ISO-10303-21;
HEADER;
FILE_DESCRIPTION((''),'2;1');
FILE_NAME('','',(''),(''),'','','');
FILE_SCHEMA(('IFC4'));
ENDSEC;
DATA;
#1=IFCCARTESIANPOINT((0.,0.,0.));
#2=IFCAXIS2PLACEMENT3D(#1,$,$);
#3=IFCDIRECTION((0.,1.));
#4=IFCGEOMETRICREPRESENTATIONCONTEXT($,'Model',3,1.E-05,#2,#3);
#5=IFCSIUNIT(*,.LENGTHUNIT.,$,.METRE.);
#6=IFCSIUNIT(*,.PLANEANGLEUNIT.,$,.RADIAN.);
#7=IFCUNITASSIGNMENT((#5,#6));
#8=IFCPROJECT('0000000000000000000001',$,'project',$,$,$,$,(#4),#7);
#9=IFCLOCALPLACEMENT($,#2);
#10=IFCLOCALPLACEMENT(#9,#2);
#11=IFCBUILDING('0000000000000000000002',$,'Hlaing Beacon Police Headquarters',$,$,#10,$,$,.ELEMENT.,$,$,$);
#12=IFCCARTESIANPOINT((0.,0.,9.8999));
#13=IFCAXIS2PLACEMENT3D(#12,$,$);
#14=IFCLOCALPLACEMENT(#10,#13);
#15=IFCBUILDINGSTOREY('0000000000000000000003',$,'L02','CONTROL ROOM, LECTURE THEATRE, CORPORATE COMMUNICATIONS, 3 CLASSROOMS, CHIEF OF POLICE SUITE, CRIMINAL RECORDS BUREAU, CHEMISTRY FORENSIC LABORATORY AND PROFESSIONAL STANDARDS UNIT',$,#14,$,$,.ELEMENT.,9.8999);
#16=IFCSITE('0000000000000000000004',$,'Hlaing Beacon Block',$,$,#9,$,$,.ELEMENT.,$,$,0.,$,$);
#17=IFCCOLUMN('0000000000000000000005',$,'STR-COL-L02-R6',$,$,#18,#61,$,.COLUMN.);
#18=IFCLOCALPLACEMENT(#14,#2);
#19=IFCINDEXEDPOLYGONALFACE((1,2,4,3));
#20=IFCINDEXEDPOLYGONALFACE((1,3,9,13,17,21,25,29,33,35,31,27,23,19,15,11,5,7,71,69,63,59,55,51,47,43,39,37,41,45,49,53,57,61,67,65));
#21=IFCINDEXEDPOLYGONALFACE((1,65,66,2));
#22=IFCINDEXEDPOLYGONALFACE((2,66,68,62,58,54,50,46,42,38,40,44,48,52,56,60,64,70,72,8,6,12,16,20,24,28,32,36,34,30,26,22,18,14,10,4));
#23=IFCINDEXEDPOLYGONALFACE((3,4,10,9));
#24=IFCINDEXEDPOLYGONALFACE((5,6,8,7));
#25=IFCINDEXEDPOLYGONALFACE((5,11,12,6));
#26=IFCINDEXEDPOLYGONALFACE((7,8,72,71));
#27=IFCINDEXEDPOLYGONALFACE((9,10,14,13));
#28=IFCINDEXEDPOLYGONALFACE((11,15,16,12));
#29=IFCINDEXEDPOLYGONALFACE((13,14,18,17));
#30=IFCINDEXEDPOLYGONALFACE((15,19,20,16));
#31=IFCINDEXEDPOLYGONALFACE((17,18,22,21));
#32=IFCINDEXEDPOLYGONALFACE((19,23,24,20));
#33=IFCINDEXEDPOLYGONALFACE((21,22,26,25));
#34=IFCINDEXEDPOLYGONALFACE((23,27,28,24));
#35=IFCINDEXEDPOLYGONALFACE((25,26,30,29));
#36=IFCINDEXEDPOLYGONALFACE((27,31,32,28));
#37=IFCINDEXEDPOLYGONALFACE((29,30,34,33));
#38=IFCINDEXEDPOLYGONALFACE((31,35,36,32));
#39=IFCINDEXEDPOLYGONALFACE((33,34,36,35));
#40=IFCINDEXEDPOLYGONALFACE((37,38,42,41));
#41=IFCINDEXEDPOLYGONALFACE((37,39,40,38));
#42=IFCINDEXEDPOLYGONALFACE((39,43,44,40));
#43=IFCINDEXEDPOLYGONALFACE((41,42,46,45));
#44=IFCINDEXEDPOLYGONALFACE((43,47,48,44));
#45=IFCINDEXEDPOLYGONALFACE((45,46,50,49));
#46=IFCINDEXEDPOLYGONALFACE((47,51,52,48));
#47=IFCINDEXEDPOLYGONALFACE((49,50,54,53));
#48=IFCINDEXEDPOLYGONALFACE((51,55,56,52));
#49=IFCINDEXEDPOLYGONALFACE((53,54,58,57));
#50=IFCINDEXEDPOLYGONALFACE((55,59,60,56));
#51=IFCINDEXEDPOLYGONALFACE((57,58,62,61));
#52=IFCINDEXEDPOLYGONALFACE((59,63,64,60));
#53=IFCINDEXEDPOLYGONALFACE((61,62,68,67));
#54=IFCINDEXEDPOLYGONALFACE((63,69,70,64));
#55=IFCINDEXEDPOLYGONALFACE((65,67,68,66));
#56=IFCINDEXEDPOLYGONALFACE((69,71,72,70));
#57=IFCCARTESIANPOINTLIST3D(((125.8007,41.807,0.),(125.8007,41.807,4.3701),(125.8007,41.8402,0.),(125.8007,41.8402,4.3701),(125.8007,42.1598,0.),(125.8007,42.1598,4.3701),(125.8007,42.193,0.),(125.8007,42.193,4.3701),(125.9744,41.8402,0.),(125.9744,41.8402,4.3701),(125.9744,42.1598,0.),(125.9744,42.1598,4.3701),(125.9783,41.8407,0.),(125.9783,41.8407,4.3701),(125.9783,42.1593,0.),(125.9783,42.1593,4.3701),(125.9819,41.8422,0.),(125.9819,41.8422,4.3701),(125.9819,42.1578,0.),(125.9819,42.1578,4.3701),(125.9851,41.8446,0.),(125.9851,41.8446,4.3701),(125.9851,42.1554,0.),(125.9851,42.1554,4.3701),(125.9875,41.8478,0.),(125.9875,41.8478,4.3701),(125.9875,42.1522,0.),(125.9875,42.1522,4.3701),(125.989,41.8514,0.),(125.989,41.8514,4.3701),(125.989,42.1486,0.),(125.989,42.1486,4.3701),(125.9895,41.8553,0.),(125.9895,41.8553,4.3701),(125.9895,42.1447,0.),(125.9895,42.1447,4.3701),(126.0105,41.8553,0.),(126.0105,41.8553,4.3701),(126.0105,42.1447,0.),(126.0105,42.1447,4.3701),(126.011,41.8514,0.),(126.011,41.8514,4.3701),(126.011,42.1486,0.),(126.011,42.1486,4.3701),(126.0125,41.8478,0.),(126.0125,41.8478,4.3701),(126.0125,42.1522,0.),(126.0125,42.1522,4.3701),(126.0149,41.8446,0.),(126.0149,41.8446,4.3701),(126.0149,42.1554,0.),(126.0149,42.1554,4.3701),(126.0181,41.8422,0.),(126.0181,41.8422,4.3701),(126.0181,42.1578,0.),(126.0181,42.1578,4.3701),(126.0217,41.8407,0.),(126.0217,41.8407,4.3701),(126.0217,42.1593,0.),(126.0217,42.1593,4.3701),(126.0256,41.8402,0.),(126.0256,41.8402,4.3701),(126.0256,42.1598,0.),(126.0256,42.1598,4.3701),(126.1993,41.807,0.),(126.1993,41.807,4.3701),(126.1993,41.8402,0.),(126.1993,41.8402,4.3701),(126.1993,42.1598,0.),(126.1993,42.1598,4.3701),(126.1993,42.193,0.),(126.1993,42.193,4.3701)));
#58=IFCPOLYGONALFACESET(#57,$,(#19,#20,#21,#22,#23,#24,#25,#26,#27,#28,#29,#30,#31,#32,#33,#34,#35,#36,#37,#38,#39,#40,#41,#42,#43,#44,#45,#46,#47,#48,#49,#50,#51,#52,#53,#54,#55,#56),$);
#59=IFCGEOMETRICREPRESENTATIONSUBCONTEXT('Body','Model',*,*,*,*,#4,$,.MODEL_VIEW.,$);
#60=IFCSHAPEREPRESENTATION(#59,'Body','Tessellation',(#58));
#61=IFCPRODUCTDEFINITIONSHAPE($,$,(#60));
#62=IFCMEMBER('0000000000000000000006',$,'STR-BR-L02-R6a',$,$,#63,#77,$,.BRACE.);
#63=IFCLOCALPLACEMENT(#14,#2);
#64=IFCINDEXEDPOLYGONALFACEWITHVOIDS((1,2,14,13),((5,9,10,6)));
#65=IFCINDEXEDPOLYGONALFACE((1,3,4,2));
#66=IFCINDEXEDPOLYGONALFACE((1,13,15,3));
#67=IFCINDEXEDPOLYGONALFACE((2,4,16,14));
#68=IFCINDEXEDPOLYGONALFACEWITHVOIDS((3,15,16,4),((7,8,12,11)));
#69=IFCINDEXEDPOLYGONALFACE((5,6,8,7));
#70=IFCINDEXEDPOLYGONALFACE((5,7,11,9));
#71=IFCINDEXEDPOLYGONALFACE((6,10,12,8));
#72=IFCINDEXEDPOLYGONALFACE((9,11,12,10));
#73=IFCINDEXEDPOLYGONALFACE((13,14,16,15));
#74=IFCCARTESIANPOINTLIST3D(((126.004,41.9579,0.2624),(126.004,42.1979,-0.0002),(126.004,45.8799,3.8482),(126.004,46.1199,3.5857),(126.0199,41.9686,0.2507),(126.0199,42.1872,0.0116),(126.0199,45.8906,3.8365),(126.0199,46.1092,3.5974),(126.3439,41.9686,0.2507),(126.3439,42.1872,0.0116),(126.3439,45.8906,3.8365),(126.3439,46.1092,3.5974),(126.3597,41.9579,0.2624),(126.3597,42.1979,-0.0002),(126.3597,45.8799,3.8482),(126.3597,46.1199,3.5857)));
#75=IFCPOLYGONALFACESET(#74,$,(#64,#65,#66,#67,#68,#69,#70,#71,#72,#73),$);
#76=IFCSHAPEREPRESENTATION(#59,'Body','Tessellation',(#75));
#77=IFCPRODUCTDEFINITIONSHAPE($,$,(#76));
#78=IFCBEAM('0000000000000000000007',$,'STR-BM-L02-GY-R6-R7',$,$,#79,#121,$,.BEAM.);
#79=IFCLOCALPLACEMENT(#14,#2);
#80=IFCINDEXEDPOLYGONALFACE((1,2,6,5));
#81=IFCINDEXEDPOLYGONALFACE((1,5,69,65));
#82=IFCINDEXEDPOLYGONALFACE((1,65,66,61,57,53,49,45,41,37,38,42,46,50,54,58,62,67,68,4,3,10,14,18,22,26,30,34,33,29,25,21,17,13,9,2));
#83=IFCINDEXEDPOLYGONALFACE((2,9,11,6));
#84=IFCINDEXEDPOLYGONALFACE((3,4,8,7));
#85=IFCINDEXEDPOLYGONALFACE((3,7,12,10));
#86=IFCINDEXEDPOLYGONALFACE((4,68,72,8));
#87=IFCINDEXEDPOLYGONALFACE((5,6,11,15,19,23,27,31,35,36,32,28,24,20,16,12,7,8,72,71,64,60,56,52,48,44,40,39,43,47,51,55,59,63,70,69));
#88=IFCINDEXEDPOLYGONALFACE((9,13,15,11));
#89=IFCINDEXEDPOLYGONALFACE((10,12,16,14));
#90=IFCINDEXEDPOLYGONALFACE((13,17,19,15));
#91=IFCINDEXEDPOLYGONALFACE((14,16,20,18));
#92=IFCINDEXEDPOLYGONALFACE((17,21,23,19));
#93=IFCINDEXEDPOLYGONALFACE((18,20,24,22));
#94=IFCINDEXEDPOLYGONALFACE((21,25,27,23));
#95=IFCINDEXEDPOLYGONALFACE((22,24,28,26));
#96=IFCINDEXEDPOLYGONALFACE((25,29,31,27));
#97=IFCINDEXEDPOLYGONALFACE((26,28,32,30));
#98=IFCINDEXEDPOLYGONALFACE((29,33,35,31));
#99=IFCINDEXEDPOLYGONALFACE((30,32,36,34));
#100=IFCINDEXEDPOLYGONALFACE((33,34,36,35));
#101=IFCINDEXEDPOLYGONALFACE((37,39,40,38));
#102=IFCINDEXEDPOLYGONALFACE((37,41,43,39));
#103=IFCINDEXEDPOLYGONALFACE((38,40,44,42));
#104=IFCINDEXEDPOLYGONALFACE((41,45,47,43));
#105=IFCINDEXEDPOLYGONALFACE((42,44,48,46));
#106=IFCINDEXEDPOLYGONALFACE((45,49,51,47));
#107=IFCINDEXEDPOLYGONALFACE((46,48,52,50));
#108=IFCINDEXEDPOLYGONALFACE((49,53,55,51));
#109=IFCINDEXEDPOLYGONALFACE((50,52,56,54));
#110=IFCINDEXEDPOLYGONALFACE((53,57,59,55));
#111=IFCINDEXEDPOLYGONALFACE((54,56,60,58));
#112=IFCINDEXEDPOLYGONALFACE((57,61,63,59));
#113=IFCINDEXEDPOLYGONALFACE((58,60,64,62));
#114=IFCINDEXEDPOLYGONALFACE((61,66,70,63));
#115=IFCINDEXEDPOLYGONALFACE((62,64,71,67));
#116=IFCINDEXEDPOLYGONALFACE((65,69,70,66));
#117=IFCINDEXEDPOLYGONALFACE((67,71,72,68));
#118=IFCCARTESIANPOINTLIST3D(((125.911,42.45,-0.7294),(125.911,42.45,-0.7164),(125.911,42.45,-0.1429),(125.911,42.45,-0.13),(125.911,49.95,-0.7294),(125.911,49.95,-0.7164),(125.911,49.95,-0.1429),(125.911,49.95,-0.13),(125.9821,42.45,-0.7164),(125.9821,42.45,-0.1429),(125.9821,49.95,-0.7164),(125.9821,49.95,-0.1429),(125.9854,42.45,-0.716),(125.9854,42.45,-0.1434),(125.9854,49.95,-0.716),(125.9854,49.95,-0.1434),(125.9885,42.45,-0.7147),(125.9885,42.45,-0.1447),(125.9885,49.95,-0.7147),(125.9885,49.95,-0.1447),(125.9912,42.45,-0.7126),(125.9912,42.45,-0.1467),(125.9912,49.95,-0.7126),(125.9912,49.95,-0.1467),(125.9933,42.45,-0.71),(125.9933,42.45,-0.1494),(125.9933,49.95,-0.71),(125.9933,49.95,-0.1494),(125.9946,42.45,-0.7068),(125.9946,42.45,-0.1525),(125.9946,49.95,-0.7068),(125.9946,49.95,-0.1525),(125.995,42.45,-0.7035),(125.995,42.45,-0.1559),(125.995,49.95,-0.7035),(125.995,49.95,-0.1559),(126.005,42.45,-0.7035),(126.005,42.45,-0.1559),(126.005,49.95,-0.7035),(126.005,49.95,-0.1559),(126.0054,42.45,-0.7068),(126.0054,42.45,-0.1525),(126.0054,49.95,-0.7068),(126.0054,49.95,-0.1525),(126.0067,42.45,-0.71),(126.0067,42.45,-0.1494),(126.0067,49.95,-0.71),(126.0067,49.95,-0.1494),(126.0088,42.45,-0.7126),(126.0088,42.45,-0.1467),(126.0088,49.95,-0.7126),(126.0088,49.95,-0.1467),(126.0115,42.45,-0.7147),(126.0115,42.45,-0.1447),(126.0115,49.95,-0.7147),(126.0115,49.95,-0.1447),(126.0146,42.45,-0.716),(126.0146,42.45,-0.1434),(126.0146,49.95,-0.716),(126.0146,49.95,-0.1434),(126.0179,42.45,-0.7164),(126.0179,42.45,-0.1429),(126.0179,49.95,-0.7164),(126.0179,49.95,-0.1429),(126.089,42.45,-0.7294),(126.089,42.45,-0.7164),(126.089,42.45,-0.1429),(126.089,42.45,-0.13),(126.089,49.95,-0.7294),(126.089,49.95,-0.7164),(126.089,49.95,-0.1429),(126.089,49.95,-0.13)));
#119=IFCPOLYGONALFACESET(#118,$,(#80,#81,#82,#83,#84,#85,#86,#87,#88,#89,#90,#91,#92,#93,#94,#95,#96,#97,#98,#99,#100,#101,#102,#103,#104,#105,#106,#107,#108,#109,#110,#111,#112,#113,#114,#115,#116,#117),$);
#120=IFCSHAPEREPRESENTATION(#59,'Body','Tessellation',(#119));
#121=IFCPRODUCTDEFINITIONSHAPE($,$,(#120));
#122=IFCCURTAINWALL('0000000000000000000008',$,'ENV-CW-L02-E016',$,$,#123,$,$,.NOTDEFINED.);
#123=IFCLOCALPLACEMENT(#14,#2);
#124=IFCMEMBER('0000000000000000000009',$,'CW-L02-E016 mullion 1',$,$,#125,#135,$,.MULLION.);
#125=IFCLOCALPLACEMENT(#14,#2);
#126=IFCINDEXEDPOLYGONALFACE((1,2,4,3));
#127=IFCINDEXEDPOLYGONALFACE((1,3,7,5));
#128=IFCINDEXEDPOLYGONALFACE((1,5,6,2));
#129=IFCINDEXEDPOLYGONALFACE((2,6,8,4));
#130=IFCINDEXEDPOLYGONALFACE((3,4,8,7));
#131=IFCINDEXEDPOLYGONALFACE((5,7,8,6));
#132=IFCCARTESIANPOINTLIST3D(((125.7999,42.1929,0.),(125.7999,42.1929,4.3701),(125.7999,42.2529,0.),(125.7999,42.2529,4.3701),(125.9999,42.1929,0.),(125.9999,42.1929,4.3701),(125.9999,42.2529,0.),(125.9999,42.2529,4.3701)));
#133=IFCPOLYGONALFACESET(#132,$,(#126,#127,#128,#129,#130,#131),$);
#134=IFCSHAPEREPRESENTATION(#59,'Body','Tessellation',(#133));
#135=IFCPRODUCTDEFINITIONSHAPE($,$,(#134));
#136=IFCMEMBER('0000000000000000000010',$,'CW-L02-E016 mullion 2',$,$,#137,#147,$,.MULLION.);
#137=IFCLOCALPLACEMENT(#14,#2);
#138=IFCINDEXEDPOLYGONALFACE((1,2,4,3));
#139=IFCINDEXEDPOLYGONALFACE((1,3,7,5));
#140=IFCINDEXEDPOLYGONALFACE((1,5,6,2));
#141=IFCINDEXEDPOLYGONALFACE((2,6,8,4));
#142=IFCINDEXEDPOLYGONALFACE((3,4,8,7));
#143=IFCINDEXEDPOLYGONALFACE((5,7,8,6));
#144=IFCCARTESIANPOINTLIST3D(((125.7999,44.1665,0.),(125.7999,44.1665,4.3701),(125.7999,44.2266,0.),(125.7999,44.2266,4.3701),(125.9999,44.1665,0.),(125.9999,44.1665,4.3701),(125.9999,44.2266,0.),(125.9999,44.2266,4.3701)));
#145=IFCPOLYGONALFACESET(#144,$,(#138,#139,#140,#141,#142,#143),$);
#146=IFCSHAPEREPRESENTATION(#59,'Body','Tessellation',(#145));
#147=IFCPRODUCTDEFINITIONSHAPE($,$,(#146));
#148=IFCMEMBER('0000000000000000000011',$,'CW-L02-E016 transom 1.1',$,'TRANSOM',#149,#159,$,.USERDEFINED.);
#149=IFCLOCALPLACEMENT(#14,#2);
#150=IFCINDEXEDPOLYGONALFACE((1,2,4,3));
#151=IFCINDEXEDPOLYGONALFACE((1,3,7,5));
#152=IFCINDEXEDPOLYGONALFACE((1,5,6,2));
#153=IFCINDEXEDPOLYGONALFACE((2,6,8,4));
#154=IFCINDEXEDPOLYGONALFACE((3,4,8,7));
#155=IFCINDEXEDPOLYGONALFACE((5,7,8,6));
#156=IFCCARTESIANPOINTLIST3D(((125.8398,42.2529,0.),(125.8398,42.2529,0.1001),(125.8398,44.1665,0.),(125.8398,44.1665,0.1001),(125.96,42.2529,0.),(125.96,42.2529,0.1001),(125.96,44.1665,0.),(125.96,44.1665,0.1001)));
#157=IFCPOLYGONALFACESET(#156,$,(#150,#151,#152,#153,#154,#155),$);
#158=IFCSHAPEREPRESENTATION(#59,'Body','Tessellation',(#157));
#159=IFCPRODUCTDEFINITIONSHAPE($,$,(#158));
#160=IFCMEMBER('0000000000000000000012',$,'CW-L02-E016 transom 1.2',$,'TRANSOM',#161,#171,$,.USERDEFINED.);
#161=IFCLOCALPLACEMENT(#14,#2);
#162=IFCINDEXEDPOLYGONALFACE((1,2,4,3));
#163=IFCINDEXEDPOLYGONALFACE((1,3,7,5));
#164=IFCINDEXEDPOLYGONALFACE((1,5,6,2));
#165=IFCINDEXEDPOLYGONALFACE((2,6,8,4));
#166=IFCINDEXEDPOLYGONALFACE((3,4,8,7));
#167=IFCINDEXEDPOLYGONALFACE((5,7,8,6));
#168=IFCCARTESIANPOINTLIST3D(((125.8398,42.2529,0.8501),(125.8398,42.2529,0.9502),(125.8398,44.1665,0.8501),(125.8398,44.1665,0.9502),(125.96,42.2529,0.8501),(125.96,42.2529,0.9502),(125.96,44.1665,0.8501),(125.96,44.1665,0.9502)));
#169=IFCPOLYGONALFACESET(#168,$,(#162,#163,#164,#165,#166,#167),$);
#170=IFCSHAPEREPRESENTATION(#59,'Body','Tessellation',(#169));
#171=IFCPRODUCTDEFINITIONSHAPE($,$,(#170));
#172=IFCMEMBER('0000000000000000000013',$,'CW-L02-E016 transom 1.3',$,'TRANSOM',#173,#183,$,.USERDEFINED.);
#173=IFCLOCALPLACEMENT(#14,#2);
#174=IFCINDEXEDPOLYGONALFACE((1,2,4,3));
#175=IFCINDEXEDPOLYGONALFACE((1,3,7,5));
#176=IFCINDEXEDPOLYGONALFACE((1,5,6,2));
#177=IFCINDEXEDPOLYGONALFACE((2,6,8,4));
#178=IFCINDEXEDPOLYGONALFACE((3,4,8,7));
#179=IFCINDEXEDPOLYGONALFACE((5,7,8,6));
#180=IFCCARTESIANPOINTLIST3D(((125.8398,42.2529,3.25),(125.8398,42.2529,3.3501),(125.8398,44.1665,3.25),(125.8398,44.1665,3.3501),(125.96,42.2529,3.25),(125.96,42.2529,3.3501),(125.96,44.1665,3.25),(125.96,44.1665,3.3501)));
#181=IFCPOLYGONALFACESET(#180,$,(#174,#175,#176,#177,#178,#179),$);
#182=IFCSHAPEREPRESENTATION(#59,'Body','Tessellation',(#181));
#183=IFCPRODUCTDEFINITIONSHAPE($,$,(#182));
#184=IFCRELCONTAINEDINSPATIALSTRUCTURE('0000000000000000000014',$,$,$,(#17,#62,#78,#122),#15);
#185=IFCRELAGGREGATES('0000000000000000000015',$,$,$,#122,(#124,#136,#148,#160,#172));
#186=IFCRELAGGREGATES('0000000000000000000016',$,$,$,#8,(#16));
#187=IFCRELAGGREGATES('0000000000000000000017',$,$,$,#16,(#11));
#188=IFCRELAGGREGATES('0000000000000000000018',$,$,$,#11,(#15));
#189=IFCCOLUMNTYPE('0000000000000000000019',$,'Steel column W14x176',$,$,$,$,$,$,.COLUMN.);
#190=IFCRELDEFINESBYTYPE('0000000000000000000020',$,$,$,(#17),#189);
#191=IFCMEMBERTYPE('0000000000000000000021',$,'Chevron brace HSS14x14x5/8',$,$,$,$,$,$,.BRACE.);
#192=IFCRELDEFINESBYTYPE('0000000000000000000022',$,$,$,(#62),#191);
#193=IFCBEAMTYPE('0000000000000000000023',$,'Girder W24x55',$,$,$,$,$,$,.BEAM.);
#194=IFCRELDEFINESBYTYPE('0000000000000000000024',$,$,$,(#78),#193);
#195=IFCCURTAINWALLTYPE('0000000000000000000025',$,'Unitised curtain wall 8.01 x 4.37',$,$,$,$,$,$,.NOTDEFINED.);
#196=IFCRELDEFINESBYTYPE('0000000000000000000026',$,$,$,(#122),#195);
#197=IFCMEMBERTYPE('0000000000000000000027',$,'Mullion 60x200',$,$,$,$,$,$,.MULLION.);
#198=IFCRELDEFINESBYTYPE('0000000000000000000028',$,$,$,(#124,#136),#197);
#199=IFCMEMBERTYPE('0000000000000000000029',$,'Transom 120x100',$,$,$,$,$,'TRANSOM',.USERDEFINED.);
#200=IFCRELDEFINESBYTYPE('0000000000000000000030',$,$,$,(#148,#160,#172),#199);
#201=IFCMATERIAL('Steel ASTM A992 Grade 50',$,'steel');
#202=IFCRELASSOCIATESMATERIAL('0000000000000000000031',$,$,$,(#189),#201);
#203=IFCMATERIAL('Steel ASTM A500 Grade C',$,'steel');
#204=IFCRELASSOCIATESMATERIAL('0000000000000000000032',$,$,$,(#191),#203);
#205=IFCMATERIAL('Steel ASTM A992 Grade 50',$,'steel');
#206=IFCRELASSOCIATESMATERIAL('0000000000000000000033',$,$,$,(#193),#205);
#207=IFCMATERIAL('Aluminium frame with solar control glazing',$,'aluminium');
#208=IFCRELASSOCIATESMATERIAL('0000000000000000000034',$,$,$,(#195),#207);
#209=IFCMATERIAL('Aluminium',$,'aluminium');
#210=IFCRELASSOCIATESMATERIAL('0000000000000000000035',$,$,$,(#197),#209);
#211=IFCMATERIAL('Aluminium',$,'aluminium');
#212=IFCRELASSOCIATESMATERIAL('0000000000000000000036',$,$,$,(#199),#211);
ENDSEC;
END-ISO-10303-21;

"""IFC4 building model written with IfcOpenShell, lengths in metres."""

from ifc_helpers import new_model, si_unit, direction, frame, origin, origin_2d, place, context, subcontext, project, spatial, rectangle, hollow_rectangle, i_section, extrude, material, material_profile, profile_set, type_object, element, aggregate, save


model = new_model("IFC4")

# Units and contexts
model_context = context("Model", 3, precision=1e-05, world=origin(), true_north=direction((0.0, 1.0)))
body_context = subcontext(model_context, "Body", "Model", "MODEL_VIEW")
ifc_project = project(units=[si_unit("LENGTHUNIT", "METRE"), si_unit("PLANEANGLEUNIT", "RADIAN")], contexts=[model_context])

# Site, building, storey
site_placement = place(None, origin())
site = spatial("IfcSite", under=ifc_project, at=site_placement, Name="Hlaing Beacon Block", CompositionType="ELEMENT", RefElevation=0.0)
building_placement = place(site_placement, origin())
building = spatial("IfcBuilding", under=site, at=building_placement, Name="Hlaing Beacon Police Headquarters", CompositionType="ELEMENT")
storey_placement = place(building_placement, frame((0.0, 0.0, 9.8999)))
storey = spatial("IfcBuildingStorey", under=building, at=storey_placement, Name="L02", Description="CONTROL ROOM, LECTURE THEATRE, CORPORATE COMMUNICATIONS, 3 CLASSROOMS, CHIEF OF POLICE SUITE, CRIMINAL RECORDS BUREAU, CHEMISTRY FORENSIC LABORATORY AND PROFESSIONAL STANDARDS UNIT", CompositionType="ELEMENT", Elevation=9.8999)

# Column
ifc_material_1 = material(Name="Steel ASTM A992 Grade 50", Category="steel")
ifc_material_profile_1 = material_profile(ifc_material_1, i_section(OverallWidth=0.3987, OverallDepth=0.386, WebThickness=0.021, FlangeThickness=0.0332, FilletRadius=0.0151, at=origin_2d()), Name="W14x176")
ifc_profile_set_1 = profile_set([ifc_material_profile_1], Name="Steel ASTM A992 Grade 50")
column_type = type_object("IfcColumnType", Name="Steel column W14x176", PredefinedType="COLUMN", material=ifc_profile_set_1)
column_placement = place(storey_placement, frame((126.0, 42.0, 0.0), z_axis=(0.0, 0.0, 1.0), x_axis=(1.0, 0.0, 0.0)))
element("IfcColumn", 1, at=column_placement, inside=storey, type_object=column_type, Name="STR-COL-L02-R6", PredefinedType="COLUMN", context=body_context, shape_type="SweptSolid", body=[
    extrude(i_section(OverallWidth=0.3987, OverallDepth=0.386, WebThickness=0.021, FlangeThickness=0.0332, FilletRadius=0.0151, at=origin_2d()), origin(), (0.0, 0.0, 1.0), 4.3701),
])

# Member
ifc_material_2 = material(Name="Steel ASTM A500 Grade C", Category="steel")
ifc_material_profile_2 = material_profile(ifc_material_2, hollow_rectangle(XDim=0.3557, YDim=0.3557, WallThickness=0.0159, at=origin_2d()), Name="HSS14x14x5/8")
ifc_profile_set_2 = profile_set([ifc_material_profile_2], Name="Steel ASTM A500 Grade C")
member_type_1 = type_object("IfcMemberType", Name="Chevron brace HSS14x14x5/8", PredefinedType="BRACE", material=ifc_profile_set_2)
member_1_placement = place(storey_placement, frame((126.1819, 42.0779, 0.1311), z_axis=(0.0, 0.738029, 0.674769), x_axis=(-1.0, 0.0, 0.0)))
element("IfcMember", 2, at=member_1_placement, inside=storey, type_object=member_type_1, Name="STR-BR-L02-R6a", PredefinedType="BRACE", context=body_context, shape_type="SweptSolid", body=[
    extrude(hollow_rectangle(XDim=0.3557, YDim=0.3557, WallThickness=0.0159, at=origin_2d()), origin(), (0.0, 0.0, 1.0), 5.3142),
])

# Beam
ifc_material_3 = material(Name="Steel ASTM A992 Grade 50", Category="steel")
ifc_material_profile_3 = material_profile(ifc_material_3, i_section(OverallWidth=0.178, OverallDepth=0.5994, WebThickness=0.01, FlangeThickness=0.0129, FilletRadius=0.0129, at=origin_2d()), Name="W24x55")
ifc_profile_set_3 = profile_set([ifc_material_profile_3], Name="Steel ASTM A992 Grade 50")
beam_type = type_object("IfcBeamType", Name="Girder W24x55", PredefinedType="BEAM", material=ifc_profile_set_3)
beam_placement = place(storey_placement, frame((126.0, 42.45, -0.4297), z_axis=(0.0, 1.0, 0.0), x_axis=(-1.0, 0.0, 0.0)))
element("IfcBeam", 3, at=beam_placement, inside=storey, type_object=beam_type, Name="STR-BM-L02-GY-R6-R7", PredefinedType="BEAM", context=body_context, shape_type="SweptSolid", body=[
    extrude(i_section(OverallWidth=0.178, OverallDepth=0.5994, WebThickness=0.01, FlangeThickness=0.0129, FilletRadius=0.0129, at=origin_2d()), origin(), (0.0, 0.0, 1.0), 7.5),
])

# Curtain wall, members
ifc_material_4 = material(Name="Aluminium frame with solar control glazing", Category="aluminium")
curtain_wall_type = type_object("IfcCurtainWallType", Name="Unitised curtain wall 8.01 x 4.37", PredefinedType="NOTDEFINED", material=ifc_material_4)
curtain_wall_placement = place(storey_placement, origin())
curtain_wall = element("IfcCurtainWall", 4, at=curtain_wall_placement, inside=storey, type_object=curtain_wall_type, Name="ENV-CW-L02-E016", PredefinedType="NOTDEFINED")
ifc_material_5 = material(Name="Aluminium", Category="aluminium")
ifc_material_profile_4 = material_profile(ifc_material_5, rectangle(XDim=0.2, YDim=0.0601, at=origin_2d()), Name="Mullion 60x200")
ifc_profile_set_4 = profile_set([ifc_material_profile_4], Name="Aluminium")
member_type_2 = type_object("IfcMemberType", Name="Mullion 60x200", PredefinedType="MULLION", material=ifc_profile_set_4)
member_2_placement = place(storey_placement, frame((125.8999, 42.2229, 0.0), z_axis=(0.0, 0.0, 1.0), x_axis=(-1.0, 0.0, 0.0)))
member_2 = element("IfcMember", 5, at=member_2_placement, type_object=member_type_2, Name="CW-L02-E016 mullion 1", PredefinedType="MULLION", context=body_context, shape_type="SweptSolid", body=[
    extrude(rectangle(XDim=0.2, YDim=0.0601, at=origin_2d()), origin(), (0.0, 0.0, 1.0), 4.3701),
])
member_3_placement = place(storey_placement, frame((125.8999, 44.1965, 0.0), z_axis=(0.0, 0.0, 1.0), x_axis=(-1.0, 0.0, 0.0)))
member_3 = element("IfcMember", 6, at=member_3_placement, type_object=member_type_2, Name="CW-L02-E016 mullion 2", PredefinedType="MULLION", context=body_context, shape_type="SweptSolid", body=[
    extrude(rectangle(XDim=0.2, YDim=0.0601, at=origin_2d()), origin(), (0.0, 0.0, 1.0), 4.3701),
])
ifc_material_6 = material(Name="Aluminium", Category="aluminium")
ifc_material_profile_5 = material_profile(ifc_material_6, rectangle(XDim=0.1201, YDim=0.1001, at=origin_2d()), Name="Transom 120x100")
ifc_profile_set_5 = profile_set([ifc_material_profile_5], Name="Aluminium")
member_type_3 = type_object("IfcMemberType", Name="Transom 120x100", ElementType="TRANSOM", PredefinedType="USERDEFINED", material=ifc_profile_set_5)
member_4_placement = place(storey_placement, frame((125.8999, 42.2529, 0.05), z_axis=(0.0, 1.0, 0.0), x_axis=(-1.0, 0.0, 0.0)))
member_4 = element("IfcMember", 7, at=member_4_placement, type_object=member_type_3, Name="CW-L02-E016 transom 1.1", ObjectType="TRANSOM", PredefinedType="USERDEFINED", context=body_context, shape_type="SweptSolid", body=[
    extrude(rectangle(XDim=0.1201, YDim=0.1001, at=origin_2d()), origin(), (0.0, 0.0, 1.0), 1.9136),
])
member_5_placement = place(storey_placement, frame((125.8999, 42.2529, 0.9001), z_axis=(0.0, 1.0, 0.0), x_axis=(-1.0, 0.0, 0.0)))
member_5 = element("IfcMember", 8, at=member_5_placement, type_object=member_type_3, Name="CW-L02-E016 transom 1.2", ObjectType="TRANSOM", PredefinedType="USERDEFINED", context=body_context, shape_type="SweptSolid", body=[
    extrude(rectangle(XDim=0.1201, YDim=0.1001, at=origin_2d()), origin(), (0.0, 0.0, 1.0), 1.9136),
])
member_6_placement = place(storey_placement, frame((125.8999, 42.2529, 3.3), z_axis=(0.0, 1.0, 0.0), x_axis=(-1.0, 0.0, 0.0)))
member_6 = element("IfcMember", 9, at=member_6_placement, type_object=member_type_3, Name="CW-L02-E016 transom 1.3", ObjectType="TRANSOM", PredefinedType="USERDEFINED", context=body_context, shape_type="SweptSolid", body=[
    extrude(rectangle(XDim=0.1201, YDim=0.1001, at=origin_2d()), origin(), (0.0, 0.0, 1.0), 1.9136),
])
aggregate(curtain_wall, [member_2, member_3, member_4, member_5, member_6])

save(model, "model.ifc")
